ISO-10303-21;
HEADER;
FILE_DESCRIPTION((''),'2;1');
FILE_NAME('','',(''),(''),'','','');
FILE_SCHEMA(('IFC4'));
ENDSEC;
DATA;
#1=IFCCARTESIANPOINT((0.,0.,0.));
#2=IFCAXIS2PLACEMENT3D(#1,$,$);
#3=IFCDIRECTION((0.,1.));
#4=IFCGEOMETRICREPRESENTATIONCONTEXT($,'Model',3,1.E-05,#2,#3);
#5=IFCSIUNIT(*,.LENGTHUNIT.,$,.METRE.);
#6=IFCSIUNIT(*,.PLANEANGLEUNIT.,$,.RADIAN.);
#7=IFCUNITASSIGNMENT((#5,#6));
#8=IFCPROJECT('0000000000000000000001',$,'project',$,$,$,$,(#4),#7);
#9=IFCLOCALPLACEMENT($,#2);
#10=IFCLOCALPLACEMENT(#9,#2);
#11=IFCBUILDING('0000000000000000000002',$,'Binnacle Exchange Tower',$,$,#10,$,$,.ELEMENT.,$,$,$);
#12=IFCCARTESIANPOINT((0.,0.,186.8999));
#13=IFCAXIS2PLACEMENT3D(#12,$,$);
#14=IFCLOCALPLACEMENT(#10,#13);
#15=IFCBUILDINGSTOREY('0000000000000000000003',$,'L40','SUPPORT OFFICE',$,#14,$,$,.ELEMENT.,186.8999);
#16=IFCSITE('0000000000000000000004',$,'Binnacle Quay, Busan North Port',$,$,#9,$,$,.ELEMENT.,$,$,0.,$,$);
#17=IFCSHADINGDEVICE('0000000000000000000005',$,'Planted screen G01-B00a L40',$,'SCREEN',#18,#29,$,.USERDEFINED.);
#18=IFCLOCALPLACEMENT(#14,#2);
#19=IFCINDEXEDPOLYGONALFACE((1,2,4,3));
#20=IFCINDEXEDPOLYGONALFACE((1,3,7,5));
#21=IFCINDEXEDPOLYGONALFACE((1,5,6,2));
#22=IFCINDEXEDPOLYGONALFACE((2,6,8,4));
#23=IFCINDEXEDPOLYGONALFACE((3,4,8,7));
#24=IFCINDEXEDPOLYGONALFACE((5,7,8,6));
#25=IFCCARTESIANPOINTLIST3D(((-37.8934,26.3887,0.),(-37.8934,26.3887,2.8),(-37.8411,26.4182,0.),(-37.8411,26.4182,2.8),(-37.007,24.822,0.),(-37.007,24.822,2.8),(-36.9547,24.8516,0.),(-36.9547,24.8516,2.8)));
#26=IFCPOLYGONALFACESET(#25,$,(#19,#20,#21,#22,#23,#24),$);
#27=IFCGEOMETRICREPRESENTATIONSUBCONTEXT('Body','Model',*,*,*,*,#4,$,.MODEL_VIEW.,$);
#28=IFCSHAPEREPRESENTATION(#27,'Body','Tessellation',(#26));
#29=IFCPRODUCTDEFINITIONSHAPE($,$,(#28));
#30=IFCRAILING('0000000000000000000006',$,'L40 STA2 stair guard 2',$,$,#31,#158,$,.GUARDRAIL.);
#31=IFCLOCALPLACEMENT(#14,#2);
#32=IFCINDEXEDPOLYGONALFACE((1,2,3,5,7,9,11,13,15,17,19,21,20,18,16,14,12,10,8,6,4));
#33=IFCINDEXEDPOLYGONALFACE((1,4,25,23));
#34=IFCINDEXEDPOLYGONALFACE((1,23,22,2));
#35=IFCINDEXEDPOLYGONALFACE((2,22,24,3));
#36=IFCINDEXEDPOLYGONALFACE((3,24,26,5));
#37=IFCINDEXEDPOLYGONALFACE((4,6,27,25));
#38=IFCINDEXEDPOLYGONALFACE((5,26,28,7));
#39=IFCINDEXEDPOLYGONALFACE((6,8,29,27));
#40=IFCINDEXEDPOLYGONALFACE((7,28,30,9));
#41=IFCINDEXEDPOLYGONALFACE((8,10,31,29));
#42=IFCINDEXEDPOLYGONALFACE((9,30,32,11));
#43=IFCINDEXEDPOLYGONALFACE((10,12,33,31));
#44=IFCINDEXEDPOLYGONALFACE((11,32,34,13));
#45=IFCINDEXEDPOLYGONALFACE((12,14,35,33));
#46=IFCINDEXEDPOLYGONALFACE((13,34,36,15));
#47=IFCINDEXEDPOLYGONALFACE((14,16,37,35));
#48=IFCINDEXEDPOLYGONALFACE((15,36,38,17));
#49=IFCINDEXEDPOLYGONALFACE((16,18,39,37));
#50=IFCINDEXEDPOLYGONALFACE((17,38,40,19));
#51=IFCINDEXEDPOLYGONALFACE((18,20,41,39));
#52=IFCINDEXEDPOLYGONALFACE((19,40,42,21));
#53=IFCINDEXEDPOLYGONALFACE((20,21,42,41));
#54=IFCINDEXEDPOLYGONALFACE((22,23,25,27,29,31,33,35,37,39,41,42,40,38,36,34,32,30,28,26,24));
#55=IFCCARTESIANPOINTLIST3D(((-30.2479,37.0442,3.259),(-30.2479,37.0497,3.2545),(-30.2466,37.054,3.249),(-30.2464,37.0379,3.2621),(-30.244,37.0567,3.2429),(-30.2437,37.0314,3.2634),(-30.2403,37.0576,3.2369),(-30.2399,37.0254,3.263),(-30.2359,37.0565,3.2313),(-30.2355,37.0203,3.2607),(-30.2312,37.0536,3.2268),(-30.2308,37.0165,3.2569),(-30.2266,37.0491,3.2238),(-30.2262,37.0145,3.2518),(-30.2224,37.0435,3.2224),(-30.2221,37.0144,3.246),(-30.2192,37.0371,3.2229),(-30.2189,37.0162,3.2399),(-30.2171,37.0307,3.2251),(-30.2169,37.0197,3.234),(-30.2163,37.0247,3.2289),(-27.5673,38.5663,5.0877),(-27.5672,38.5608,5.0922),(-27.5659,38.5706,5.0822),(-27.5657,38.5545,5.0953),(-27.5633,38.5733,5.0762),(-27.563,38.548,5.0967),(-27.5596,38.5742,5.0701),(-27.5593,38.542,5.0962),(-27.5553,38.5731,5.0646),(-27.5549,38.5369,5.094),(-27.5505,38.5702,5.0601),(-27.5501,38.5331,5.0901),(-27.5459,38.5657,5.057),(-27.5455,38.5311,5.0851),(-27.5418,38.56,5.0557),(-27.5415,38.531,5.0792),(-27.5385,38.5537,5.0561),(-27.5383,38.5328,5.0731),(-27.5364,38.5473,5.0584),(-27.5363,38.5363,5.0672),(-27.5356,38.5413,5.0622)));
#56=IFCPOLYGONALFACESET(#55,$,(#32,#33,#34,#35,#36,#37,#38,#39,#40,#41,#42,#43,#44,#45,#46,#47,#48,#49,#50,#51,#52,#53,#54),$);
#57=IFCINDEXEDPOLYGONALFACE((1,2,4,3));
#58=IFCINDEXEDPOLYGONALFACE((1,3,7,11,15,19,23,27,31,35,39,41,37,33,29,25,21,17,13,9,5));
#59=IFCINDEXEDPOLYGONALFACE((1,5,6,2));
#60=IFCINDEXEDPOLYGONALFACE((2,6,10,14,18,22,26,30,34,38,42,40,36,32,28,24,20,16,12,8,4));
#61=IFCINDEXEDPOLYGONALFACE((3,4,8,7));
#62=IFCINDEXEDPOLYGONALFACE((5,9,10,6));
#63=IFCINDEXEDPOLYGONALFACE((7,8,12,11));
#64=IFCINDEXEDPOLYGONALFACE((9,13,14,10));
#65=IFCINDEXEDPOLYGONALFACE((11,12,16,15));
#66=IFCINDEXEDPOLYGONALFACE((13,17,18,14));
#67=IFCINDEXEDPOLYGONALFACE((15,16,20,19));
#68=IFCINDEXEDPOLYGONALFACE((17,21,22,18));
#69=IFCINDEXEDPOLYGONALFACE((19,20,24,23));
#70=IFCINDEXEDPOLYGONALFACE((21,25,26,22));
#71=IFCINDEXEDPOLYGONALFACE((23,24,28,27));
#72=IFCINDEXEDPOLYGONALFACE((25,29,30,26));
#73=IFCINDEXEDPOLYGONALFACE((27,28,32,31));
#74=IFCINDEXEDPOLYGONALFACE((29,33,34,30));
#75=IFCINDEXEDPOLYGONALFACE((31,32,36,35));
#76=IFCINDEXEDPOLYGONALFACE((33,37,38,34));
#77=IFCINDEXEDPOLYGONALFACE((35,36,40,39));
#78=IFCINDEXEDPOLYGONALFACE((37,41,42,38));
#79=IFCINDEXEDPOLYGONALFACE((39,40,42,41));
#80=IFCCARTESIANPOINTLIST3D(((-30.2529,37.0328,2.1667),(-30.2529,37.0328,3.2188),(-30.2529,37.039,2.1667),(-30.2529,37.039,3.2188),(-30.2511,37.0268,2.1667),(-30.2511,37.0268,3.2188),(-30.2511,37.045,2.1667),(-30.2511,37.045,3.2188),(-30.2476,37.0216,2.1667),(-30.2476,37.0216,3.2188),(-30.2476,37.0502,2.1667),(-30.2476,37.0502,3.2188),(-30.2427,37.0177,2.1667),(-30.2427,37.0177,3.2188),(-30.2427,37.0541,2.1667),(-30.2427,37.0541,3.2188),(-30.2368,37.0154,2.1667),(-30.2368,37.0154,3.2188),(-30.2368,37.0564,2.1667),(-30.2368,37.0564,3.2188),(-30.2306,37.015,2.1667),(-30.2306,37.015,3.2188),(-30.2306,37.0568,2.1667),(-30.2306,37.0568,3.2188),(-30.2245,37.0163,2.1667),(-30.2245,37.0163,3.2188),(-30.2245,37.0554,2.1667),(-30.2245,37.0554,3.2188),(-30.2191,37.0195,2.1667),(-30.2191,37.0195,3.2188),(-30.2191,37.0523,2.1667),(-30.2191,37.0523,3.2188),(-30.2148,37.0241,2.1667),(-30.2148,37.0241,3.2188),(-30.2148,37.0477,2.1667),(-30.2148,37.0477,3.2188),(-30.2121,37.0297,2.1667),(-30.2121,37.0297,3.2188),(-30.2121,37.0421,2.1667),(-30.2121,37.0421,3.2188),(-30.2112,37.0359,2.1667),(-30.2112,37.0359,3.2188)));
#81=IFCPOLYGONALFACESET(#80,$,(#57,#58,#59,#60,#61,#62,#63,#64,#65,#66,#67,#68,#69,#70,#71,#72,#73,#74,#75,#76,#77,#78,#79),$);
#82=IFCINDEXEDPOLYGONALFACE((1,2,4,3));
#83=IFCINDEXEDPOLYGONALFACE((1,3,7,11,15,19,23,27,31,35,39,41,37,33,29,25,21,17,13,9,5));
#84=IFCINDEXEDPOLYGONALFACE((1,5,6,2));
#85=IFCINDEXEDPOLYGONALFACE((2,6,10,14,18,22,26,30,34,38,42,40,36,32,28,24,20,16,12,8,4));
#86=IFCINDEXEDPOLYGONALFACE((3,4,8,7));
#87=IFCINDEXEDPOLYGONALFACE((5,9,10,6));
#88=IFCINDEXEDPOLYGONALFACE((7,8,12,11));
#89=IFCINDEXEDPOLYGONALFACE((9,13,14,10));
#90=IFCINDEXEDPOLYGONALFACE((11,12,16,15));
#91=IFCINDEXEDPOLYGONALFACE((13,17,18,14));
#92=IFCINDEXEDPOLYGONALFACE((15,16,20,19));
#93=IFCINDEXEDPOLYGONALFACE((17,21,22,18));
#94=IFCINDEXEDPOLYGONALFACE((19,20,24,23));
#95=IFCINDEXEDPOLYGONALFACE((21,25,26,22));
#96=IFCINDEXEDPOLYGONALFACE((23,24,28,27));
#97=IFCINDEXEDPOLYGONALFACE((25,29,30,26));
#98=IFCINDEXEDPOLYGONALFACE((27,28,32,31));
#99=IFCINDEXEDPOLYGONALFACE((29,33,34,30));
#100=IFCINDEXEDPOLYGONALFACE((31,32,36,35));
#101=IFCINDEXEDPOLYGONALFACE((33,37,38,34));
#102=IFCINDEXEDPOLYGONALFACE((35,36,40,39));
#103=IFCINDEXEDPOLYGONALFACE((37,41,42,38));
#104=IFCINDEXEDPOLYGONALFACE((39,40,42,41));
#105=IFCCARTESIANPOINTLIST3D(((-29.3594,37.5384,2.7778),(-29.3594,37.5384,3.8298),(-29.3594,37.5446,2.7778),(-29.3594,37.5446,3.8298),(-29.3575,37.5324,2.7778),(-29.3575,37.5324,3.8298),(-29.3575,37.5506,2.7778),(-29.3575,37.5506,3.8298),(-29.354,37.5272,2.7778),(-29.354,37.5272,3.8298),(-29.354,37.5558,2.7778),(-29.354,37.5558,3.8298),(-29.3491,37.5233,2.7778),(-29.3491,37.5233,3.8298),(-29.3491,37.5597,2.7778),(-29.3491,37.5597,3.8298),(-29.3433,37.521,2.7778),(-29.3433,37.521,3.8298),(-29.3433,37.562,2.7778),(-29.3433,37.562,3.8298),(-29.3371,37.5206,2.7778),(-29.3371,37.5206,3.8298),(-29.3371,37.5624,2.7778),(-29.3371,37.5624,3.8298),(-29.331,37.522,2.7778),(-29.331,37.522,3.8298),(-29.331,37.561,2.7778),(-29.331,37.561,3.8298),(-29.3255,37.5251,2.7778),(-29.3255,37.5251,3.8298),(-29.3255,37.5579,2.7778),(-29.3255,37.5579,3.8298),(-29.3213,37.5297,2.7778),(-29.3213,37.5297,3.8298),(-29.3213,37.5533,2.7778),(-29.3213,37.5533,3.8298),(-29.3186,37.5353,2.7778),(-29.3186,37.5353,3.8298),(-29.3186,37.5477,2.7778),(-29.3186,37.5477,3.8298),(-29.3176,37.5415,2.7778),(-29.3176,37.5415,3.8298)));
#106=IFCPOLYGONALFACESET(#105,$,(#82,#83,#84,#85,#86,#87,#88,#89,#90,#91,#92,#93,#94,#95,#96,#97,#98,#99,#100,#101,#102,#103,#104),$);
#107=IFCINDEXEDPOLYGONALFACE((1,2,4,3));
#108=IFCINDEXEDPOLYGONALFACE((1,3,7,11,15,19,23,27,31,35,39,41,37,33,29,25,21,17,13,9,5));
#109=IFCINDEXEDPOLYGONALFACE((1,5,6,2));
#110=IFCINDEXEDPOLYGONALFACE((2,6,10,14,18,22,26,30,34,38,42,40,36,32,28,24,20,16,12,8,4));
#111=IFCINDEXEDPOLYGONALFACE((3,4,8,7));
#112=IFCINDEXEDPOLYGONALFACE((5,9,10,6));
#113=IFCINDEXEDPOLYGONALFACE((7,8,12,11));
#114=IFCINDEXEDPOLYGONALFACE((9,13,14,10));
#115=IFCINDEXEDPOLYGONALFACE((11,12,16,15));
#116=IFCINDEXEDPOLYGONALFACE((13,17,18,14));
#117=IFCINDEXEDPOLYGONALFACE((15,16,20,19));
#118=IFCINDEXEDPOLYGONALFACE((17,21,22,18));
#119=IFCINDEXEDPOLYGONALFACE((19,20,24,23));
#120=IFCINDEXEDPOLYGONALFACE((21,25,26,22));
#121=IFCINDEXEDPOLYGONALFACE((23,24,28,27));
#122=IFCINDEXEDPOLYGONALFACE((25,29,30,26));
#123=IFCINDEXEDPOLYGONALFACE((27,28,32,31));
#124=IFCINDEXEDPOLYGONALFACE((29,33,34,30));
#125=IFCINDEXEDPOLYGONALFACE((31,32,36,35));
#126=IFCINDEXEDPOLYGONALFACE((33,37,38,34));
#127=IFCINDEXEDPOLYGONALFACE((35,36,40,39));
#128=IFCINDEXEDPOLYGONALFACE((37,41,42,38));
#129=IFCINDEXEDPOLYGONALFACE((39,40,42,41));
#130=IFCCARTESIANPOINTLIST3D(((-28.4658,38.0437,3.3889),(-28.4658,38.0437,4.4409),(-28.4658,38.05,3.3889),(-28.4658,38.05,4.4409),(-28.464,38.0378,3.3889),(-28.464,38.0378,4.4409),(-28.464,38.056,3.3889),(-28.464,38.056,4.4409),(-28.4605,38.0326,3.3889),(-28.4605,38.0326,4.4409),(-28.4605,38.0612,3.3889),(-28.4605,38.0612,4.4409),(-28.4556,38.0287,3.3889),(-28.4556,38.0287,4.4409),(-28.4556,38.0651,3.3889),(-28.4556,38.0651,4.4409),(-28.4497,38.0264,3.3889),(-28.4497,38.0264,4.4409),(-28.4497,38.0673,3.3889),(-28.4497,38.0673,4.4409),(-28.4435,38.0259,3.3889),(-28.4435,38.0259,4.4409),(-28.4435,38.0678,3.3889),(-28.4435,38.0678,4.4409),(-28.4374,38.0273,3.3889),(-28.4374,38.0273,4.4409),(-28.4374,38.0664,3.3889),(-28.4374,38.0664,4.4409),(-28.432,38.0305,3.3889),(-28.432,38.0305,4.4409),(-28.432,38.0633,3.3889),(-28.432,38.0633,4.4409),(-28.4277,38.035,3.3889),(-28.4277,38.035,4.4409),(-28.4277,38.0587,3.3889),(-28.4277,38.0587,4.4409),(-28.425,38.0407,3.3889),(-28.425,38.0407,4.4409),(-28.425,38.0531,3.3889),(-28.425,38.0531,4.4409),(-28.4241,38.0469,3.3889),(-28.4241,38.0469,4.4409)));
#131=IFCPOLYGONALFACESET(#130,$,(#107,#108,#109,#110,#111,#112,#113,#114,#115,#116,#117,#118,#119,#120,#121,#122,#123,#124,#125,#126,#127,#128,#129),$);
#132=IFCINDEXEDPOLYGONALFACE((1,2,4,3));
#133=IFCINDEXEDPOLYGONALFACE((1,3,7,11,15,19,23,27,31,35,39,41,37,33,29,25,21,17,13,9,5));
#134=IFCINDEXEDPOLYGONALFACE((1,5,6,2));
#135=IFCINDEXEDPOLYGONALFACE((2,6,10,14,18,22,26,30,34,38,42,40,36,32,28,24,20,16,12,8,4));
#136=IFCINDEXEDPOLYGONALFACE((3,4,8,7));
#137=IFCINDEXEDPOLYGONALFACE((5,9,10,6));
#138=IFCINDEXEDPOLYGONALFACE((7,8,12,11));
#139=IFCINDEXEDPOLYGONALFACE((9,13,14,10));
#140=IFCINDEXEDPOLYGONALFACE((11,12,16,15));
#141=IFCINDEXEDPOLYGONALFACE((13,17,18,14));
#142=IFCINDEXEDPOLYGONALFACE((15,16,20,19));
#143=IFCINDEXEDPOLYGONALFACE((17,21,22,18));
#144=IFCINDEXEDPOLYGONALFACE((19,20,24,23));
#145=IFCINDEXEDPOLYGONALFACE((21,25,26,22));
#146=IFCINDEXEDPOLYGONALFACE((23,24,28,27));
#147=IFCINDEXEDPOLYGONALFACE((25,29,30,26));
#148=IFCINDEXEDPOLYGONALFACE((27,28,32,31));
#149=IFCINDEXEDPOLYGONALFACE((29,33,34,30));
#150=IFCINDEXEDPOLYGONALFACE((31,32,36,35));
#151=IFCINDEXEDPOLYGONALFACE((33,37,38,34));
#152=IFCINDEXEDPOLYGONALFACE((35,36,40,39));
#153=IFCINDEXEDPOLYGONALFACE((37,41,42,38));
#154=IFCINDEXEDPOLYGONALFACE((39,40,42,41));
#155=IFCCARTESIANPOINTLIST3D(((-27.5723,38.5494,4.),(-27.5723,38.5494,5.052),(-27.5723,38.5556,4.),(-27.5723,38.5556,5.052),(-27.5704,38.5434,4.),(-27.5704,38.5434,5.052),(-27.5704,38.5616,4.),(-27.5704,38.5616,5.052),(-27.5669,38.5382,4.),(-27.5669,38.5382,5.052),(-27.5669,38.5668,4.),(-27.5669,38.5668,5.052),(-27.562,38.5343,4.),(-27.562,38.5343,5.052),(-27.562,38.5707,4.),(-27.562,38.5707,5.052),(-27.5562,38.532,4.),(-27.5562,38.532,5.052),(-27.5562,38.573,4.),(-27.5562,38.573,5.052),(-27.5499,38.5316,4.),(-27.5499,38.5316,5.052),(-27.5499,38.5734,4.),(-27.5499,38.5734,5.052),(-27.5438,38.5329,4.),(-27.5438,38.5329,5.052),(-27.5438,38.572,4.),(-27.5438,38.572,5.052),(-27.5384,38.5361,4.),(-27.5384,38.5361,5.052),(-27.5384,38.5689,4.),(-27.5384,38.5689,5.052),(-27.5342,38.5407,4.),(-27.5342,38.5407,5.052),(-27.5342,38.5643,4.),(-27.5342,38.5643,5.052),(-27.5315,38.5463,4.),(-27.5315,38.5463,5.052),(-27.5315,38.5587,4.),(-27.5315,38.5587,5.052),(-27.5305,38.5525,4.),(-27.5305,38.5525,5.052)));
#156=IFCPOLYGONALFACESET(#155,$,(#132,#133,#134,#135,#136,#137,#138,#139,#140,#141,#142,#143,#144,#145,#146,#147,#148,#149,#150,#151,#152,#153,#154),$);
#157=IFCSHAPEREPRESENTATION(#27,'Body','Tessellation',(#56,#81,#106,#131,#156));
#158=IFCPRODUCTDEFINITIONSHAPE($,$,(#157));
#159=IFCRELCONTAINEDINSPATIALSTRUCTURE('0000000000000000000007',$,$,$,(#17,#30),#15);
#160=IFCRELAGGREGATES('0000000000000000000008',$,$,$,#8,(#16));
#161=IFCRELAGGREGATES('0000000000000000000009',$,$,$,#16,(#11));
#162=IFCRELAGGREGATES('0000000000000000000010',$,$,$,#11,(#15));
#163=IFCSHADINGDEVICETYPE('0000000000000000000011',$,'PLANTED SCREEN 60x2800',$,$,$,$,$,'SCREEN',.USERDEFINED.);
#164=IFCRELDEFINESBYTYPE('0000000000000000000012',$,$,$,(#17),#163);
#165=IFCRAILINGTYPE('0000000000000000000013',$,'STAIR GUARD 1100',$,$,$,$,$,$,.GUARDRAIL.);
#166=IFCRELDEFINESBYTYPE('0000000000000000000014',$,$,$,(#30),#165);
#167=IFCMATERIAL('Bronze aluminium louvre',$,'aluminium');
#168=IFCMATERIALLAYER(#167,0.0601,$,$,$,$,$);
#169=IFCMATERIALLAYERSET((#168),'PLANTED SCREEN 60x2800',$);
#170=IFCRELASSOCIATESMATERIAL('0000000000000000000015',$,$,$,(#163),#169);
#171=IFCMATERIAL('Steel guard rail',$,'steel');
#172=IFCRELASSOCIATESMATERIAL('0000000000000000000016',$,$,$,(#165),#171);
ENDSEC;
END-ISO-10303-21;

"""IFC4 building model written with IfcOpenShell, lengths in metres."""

from ifc_helpers import new_model, si_unit, direction, frame, origin, origin_2d, place, context, subcontext, project, spatial, rectangle, circle, extrude, material, layer, layer_set, type_object, element, save


model = new_model("IFC4")

# Units and contexts
model_context = context("Model", 3, precision=1e-05, world=origin(), true_north=direction((0.0, 1.0)))
body_context = subcontext(model_context, "Body", "Model", "MODEL_VIEW")
ifc_project = project(units=[si_unit("LENGTHUNIT", "METRE"), si_unit("PLANEANGLEUNIT", "RADIAN")], contexts=[model_context])

# Site, building, storey
site_placement = place(None, origin())
site = spatial("IfcSite", under=ifc_project, at=site_placement, Name="Binnacle Quay, Busan North Port", CompositionType="ELEMENT", RefElevation=0.0)
building_placement = place(site_placement, origin())
building = spatial("IfcBuilding", under=site, at=building_placement, Name="Binnacle Exchange Tower", CompositionType="ELEMENT")
storey_placement = place(building_placement, frame((0.0, 0.0, 186.8999)))
storey = spatial("IfcBuildingStorey", under=building, at=storey_placement, Name="L40", Description="SUPPORT OFFICE", CompositionType="ELEMENT", Elevation=186.8999)

# Shading device
ifc_material_1 = material(Name="Bronze aluminium louvre", Category="aluminium")
ifc_layer_1 = layer(ifc_material_1, 0.0601)
ifc_layer_set_1 = layer_set([ifc_layer_1], Name="PLANTED SCREEN 60x2800")
shading_device_type = type_object("IfcShadingDeviceType", Name="PLANTED SCREEN 60x2800", ElementType="SCREEN", PredefinedType="USERDEFINED", material=ifc_layer_set_1)
shading_device_placement = place(storey_placement, frame((-37.4241, 25.6201, 0.0), z_axis=(0.0, 0.0, 1.0), x_axis=(0.870356, 0.492424, 0.0)))
element("IfcShadingDevice", 1, at=shading_device_placement, inside=storey, type_object=shading_device_type, Name="Planted screen G01-B00a L40", ObjectType="SCREEN", PredefinedType="USERDEFINED", context=body_context, shape_type="SweptSolid", body=[
    extrude(rectangle(XDim=0.0601, YDim=1.8, at=origin_2d()), origin(), (0.0, 0.0, 1.0), 2.8),
])

# Railing
ifc_material_2 = material(Name="Steel guard rail", Category="steel")
railing_type_1 = type_object("IfcRailingType", Name="STAIR GUARD 1100", PredefinedType="GUARDRAIL", material=ifc_material_2)
railing_1_placement = place(storey_placement, frame((-30.2322, 37.0359, 2.1667)))
element("IfcRailing", 2, at=railing_1_placement, inside=storey, type_object=railing_type_1, Name="L40 STA2 stair guard 2", PredefinedType="GUARDRAIL", context=body_context, shape_type="SweptSolid", body=[
    extrude(circle(Radius=0.0239, at=origin_2d()), frame((0.0, 0.0, 1.0762), z_axis=(0.747901, 0.423129, 0.511474), x_axis=(-0.492412, 0.870362, 0.0)), (0.0, 0.0, 1.0), 3.5842),
    extrude(circle(Radius=0.021, at=origin_2d()), origin(), (0.0, 0.0, 1.0), 1.052),
    extrude(circle(Radius=0.021, at=origin_2d()), frame((0.8936, 0.5056, 0.6111)), (0.0, 0.0, 1.0), 1.052),
    extrude(circle(Radius=0.021, at=origin_2d()), frame((1.7871, 1.011, 1.2222)), (0.0, 0.0, 1.0), 1.052),
    extrude(circle(Radius=0.021, at=origin_2d()), frame((2.6807, 1.5166, 1.8333)), (0.0, 0.0, 1.0), 1.052),
])

save(model, "model.ifc")
